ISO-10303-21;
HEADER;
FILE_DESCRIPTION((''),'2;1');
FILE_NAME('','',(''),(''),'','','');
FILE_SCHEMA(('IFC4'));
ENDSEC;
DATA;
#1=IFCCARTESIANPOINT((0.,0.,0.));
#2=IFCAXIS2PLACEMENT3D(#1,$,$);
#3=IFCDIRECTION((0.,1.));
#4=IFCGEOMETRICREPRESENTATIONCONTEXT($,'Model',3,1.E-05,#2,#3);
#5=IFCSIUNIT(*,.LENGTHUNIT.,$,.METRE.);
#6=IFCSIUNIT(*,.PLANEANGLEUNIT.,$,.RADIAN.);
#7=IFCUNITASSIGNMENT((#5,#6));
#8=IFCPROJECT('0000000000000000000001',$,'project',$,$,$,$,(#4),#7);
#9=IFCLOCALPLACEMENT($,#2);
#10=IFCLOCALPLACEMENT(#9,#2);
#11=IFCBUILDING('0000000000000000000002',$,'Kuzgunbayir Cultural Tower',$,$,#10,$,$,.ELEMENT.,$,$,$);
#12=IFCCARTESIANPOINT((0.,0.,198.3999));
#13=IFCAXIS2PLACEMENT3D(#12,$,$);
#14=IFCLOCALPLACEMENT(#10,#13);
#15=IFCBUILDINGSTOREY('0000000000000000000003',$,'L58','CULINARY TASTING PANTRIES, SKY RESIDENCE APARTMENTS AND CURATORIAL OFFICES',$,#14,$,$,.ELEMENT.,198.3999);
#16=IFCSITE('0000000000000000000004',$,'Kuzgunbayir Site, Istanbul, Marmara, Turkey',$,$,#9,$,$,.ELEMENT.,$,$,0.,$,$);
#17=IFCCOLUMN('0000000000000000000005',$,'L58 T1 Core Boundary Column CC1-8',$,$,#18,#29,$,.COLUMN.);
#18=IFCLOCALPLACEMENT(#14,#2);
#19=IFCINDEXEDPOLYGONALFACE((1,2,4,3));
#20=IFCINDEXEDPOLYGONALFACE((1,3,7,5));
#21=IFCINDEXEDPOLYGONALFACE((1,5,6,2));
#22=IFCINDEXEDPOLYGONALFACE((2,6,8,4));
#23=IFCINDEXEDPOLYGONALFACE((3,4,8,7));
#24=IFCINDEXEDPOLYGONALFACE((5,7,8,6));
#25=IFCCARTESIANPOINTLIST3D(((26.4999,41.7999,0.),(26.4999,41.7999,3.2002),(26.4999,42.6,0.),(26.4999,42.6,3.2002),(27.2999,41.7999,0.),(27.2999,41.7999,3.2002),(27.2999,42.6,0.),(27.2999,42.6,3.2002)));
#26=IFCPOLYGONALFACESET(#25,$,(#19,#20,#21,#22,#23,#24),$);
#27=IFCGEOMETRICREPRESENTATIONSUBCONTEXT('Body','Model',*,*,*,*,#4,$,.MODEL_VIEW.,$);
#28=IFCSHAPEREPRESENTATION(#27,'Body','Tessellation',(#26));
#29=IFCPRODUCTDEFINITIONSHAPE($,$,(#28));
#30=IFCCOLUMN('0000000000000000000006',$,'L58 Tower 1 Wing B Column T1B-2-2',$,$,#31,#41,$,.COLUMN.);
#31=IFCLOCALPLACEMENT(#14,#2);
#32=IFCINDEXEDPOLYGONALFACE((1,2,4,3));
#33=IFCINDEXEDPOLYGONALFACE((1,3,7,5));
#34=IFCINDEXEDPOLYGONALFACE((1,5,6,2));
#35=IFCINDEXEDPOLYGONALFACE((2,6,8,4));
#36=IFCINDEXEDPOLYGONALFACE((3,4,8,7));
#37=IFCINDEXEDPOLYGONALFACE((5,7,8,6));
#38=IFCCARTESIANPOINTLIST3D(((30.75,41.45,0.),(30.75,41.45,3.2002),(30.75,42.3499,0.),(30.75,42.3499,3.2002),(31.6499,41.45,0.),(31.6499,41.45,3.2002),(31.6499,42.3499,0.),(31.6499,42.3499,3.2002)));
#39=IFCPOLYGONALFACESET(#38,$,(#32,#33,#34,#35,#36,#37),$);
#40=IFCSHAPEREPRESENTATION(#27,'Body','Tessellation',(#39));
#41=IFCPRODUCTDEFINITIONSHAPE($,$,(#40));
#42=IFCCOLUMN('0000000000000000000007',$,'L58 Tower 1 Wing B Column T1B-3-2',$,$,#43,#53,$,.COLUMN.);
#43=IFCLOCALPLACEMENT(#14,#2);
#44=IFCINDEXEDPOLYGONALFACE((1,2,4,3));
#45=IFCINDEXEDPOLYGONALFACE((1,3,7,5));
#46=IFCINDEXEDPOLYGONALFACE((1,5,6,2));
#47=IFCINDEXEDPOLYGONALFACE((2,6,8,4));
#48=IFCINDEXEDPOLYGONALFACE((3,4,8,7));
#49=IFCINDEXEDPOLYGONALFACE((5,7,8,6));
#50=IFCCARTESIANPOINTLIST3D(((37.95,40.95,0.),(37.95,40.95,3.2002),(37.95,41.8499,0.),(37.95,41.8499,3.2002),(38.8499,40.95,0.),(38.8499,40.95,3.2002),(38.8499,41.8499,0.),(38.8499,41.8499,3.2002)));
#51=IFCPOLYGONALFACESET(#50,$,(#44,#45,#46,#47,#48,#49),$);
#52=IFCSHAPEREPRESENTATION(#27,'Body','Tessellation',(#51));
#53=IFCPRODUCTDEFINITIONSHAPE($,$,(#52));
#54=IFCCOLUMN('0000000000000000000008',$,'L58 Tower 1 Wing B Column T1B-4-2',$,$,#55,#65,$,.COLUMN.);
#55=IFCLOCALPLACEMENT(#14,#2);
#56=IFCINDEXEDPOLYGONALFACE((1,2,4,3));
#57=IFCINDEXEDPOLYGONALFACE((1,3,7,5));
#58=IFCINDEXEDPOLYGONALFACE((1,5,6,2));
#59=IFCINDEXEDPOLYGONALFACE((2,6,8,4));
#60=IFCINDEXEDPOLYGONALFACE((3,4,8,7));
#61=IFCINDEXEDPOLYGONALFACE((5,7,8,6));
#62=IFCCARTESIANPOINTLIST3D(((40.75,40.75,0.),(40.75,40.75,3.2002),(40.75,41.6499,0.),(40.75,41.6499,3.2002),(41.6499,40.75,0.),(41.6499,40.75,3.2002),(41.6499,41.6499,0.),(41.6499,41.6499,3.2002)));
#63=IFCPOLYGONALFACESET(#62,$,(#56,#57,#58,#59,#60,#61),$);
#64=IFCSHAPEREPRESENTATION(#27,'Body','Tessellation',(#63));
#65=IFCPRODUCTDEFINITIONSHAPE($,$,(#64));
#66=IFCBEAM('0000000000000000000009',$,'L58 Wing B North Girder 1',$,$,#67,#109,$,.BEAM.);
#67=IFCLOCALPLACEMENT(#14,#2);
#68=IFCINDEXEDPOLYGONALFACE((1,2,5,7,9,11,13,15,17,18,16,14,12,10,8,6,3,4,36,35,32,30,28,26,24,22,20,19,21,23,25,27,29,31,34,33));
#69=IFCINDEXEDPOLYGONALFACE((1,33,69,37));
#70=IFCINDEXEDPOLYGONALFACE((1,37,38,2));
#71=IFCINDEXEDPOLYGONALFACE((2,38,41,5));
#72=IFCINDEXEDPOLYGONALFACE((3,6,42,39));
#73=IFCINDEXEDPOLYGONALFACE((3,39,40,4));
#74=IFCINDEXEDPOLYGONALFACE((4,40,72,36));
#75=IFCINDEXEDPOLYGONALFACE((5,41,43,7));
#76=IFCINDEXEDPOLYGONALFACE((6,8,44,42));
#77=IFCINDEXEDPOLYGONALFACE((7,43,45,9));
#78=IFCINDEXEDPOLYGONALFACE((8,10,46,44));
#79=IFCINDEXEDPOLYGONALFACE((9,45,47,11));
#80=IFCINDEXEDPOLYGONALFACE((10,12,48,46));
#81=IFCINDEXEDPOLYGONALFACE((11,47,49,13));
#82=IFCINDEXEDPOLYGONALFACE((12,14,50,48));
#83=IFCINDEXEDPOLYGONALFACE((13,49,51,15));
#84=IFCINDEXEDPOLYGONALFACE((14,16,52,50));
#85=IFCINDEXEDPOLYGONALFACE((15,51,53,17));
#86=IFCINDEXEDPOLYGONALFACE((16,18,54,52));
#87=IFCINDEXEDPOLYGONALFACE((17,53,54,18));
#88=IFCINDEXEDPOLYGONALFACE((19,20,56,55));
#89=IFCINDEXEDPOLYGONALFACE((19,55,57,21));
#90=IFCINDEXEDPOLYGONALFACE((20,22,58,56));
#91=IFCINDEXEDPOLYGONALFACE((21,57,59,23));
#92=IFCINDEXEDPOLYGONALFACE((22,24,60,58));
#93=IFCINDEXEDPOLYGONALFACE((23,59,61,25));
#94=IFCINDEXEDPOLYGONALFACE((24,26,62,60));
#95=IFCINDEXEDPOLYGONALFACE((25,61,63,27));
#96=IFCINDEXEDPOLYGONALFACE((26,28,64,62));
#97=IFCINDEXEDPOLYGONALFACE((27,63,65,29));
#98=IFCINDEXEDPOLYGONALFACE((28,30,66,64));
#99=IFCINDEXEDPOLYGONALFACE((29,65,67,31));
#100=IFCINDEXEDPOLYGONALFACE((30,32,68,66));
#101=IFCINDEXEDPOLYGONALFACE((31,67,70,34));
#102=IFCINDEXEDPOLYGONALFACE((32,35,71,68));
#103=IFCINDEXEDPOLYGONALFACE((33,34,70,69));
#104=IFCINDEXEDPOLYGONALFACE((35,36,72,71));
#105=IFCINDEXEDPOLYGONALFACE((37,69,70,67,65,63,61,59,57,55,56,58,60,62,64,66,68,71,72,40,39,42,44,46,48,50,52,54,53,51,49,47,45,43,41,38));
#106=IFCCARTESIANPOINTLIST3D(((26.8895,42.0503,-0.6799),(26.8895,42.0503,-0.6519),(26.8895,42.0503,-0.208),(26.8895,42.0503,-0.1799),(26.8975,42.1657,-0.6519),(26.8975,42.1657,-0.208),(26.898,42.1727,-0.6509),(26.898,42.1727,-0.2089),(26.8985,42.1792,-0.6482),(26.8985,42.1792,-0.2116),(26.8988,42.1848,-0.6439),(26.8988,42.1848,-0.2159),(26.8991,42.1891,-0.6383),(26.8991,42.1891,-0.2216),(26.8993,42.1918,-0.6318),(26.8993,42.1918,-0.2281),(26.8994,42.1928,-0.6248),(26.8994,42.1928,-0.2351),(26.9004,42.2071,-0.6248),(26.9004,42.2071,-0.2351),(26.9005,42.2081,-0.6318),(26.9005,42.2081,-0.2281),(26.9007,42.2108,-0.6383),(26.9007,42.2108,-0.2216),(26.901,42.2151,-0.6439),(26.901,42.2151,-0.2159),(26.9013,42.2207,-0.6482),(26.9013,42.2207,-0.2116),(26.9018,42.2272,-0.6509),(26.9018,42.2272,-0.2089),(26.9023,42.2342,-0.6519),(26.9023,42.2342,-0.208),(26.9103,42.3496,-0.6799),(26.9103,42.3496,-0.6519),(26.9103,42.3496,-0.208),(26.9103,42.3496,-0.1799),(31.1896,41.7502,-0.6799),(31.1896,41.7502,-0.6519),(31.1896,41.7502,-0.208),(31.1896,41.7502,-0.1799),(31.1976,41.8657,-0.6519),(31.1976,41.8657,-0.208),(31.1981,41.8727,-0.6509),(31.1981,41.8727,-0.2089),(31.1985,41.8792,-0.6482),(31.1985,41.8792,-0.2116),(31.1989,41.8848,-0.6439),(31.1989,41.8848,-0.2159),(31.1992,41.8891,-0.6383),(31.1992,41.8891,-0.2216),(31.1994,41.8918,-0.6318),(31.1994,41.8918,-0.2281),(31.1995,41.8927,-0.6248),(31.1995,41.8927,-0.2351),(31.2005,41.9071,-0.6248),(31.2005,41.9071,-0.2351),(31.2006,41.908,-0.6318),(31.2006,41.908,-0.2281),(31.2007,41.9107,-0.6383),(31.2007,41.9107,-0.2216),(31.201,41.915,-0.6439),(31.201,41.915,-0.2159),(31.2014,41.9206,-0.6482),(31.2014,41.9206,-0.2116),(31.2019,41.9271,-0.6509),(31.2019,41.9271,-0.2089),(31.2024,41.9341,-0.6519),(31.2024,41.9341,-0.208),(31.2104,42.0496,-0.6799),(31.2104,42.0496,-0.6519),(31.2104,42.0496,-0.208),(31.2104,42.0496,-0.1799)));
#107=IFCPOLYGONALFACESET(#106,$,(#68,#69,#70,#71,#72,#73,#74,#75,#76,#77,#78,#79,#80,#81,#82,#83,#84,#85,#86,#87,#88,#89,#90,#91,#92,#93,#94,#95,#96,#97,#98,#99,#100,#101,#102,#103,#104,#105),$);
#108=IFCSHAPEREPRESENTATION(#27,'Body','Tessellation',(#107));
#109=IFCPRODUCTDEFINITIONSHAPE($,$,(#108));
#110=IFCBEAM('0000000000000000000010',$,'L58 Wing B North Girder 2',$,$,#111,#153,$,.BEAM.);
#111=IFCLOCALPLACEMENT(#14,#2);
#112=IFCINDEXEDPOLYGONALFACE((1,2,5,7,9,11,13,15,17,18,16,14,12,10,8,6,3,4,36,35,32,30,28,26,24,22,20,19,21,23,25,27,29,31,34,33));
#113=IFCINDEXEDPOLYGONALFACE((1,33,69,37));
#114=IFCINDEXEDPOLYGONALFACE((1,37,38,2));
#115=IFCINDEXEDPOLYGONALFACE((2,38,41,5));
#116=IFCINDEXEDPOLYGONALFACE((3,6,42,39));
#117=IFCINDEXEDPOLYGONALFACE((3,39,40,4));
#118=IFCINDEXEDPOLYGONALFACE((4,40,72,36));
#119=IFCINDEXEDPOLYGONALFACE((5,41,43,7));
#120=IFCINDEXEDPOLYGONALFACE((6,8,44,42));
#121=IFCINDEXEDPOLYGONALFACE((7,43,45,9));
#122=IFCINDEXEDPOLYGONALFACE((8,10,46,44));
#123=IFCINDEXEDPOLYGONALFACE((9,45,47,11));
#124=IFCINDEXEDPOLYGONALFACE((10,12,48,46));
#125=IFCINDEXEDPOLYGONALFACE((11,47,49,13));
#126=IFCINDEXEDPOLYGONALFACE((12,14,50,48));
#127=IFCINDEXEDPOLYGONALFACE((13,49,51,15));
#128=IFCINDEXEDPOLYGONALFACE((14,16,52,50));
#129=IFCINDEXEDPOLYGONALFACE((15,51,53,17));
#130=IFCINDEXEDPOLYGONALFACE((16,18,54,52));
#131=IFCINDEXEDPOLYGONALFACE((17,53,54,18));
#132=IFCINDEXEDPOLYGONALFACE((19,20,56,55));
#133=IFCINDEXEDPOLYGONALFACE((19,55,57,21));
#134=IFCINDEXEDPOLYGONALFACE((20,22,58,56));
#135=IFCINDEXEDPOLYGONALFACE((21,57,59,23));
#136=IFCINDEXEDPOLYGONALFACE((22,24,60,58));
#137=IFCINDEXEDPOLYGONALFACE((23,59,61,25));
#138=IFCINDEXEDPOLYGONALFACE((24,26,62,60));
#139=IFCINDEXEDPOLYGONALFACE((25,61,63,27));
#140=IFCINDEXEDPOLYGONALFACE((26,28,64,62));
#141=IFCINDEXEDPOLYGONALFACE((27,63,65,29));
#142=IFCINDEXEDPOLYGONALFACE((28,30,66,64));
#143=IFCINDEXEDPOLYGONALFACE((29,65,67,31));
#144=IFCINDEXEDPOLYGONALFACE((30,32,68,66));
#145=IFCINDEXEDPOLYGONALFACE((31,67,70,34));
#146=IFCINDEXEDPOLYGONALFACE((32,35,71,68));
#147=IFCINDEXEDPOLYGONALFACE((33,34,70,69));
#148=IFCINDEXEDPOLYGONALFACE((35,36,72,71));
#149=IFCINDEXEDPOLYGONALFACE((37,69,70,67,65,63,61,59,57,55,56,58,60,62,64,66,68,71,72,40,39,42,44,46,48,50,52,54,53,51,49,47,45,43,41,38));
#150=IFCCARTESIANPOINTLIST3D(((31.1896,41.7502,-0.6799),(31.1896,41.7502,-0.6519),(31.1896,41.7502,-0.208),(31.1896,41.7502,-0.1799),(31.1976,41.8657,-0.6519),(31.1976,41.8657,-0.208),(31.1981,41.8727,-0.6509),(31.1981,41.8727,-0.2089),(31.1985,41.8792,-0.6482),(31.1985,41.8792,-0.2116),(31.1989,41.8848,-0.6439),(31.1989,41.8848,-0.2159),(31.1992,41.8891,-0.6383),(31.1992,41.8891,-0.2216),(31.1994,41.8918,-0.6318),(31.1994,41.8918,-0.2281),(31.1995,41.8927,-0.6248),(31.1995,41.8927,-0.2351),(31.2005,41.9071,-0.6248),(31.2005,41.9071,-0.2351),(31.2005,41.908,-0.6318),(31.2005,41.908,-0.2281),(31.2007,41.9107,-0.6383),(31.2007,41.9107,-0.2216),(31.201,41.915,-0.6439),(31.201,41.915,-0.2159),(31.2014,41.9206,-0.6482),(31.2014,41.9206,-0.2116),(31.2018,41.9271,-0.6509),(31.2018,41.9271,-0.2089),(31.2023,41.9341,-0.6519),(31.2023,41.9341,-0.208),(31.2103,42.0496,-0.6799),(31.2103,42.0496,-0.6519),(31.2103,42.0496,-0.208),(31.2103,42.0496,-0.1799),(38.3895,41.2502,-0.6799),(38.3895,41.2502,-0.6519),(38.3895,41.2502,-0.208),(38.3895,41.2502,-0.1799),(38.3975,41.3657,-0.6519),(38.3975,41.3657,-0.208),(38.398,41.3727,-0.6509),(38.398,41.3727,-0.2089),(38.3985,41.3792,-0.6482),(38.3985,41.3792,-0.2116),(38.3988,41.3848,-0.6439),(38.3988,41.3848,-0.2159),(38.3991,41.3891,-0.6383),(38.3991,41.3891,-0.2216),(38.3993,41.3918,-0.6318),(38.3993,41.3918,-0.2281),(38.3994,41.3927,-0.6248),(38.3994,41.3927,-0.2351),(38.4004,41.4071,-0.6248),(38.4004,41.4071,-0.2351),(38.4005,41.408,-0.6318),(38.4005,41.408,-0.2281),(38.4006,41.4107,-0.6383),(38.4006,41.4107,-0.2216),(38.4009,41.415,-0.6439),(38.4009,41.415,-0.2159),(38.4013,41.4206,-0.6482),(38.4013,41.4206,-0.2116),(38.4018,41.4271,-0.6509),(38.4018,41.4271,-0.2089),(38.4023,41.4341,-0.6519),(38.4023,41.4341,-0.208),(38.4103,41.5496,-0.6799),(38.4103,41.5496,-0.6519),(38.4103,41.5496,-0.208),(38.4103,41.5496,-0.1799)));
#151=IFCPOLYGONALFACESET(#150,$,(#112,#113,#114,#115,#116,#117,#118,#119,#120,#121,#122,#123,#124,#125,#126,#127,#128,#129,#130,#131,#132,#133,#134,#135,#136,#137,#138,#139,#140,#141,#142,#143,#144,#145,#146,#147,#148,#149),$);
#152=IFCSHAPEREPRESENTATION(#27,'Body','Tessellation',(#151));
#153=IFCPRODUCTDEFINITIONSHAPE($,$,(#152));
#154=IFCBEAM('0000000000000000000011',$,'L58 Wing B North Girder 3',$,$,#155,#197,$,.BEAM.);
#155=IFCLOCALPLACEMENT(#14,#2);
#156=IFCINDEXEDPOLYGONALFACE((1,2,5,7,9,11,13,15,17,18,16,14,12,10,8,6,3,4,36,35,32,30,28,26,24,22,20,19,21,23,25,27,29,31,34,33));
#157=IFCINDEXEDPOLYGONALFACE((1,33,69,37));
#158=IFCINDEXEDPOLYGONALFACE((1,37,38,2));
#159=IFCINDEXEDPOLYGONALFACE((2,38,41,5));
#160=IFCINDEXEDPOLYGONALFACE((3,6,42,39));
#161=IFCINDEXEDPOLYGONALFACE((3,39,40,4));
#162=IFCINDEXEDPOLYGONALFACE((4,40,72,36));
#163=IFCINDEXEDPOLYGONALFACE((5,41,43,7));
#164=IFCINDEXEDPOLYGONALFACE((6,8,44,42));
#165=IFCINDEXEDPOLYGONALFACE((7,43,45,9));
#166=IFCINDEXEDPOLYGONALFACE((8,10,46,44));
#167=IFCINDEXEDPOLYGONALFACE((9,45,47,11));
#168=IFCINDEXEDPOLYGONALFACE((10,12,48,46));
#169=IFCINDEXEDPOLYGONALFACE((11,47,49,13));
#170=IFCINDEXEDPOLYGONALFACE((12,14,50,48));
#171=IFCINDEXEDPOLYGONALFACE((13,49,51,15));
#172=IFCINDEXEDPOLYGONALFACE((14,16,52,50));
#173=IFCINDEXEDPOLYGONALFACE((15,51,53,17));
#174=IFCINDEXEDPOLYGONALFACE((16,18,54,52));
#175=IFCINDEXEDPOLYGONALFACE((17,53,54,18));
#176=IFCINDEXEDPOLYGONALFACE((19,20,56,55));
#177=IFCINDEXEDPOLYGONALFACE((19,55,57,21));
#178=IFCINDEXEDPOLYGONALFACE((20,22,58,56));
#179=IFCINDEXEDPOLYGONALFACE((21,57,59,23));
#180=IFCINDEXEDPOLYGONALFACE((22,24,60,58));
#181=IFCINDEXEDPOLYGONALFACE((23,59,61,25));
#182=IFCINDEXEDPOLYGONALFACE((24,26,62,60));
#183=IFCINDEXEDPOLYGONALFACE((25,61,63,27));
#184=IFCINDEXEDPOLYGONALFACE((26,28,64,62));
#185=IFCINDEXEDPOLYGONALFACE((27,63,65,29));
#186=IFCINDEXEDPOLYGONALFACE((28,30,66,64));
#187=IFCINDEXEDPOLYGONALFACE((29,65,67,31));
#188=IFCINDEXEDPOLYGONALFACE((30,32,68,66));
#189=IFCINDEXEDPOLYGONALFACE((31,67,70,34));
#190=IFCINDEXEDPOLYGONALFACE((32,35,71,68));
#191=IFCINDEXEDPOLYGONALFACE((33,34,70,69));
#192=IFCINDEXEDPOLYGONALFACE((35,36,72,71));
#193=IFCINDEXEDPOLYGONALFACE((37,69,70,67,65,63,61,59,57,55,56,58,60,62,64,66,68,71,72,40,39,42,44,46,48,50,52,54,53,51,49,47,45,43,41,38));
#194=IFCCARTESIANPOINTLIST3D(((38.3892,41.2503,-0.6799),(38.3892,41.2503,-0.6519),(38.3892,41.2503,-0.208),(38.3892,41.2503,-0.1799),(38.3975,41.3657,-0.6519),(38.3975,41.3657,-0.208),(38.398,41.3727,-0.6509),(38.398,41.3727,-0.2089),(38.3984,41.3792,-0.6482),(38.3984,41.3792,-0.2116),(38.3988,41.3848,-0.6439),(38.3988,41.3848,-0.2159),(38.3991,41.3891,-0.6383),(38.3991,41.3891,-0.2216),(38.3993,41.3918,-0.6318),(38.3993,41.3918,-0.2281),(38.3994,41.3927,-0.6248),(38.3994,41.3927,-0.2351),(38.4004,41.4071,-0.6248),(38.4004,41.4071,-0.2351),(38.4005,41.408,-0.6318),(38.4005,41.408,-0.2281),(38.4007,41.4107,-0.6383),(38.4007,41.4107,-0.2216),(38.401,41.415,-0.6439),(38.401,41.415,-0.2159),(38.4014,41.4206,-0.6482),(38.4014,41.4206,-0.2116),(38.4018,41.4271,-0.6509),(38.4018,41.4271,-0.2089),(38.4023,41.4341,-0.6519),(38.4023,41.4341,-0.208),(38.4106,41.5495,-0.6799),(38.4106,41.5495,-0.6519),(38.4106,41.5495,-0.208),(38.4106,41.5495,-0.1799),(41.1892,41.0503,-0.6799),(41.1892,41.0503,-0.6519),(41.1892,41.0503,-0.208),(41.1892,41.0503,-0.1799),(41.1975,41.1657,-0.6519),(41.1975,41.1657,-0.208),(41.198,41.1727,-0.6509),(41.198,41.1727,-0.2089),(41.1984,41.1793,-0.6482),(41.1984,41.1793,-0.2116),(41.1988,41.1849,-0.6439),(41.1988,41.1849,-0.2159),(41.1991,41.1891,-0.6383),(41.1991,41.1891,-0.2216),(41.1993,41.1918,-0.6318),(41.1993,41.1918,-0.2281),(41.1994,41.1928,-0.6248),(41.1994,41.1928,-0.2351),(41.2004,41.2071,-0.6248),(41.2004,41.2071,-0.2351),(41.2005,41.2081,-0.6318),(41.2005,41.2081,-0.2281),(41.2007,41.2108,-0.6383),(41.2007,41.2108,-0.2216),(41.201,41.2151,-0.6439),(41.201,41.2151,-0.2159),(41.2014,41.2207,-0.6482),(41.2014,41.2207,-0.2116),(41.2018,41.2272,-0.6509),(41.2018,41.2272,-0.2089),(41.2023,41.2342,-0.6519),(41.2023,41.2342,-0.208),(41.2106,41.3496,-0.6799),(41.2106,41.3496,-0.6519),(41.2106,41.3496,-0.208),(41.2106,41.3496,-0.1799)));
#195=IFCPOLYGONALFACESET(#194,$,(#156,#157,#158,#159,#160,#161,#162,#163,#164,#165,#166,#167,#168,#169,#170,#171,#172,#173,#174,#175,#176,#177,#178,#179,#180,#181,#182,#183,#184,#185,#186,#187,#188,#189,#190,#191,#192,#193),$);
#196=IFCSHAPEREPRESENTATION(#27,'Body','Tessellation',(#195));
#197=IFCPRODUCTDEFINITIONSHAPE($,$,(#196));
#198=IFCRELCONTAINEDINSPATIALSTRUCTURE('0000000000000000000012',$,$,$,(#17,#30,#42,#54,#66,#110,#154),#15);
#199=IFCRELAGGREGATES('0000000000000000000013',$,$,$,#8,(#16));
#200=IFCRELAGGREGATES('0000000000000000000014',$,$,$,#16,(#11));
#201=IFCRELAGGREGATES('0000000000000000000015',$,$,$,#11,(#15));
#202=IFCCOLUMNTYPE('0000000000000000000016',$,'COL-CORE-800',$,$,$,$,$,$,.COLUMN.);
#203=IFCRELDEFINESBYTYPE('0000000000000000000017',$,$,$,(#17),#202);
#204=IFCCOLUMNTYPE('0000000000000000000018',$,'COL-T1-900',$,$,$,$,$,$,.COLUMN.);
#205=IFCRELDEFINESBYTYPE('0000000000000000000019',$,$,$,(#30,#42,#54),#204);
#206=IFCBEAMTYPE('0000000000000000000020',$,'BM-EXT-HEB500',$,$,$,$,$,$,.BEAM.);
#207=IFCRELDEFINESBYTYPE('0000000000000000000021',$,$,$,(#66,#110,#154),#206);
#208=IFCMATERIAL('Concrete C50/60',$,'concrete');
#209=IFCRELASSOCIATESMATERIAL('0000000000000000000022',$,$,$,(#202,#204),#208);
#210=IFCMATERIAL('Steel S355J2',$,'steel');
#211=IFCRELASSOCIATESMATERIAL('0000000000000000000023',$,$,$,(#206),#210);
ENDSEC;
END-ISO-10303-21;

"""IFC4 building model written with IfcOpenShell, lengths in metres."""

from ifc_helpers import new_model, si_unit, direction, frame, origin, origin_2d, place, context, subcontext, project, spatial, rectangle, i_section, extrude, material, material_profile, profile_set, type_object, element, save


model = new_model("IFC4")

# Units and contexts
model_context = context("Model", 3, precision=1e-05, world=origin(), true_north=direction((0.0, 1.0)))
body_context = subcontext(model_context, "Body", "Model", "MODEL_VIEW")
ifc_project = project(units=[si_unit("LENGTHUNIT", "METRE"), si_unit("PLANEANGLEUNIT", "RADIAN")], contexts=[model_context])

# Site, building, storey
site_placement = place(None, origin())
site = spatial("IfcSite", under=ifc_project, at=site_placement, Name="Kuzgunbayir Site, Istanbul, Marmara, Turkey", CompositionType="ELEMENT", RefElevation=0.0)
building_placement = place(site_placement, origin())
building = spatial("IfcBuilding", under=site, at=building_placement, Name="Kuzgunbayir Cultural Tower", CompositionType="ELEMENT")
storey_placement = place(building_placement, frame((0.0, 0.0, 198.3999)))
storey = spatial("IfcBuildingStorey", under=building, at=storey_placement, Name="L58", Description="CULINARY TASTING PANTRIES, SKY RESIDENCE APARTMENTS AND CURATORIAL OFFICES", CompositionType="ELEMENT", Elevation=198.3999)

# Columns
ifc_material_1 = material(Name="Concrete C50/60", Category="concrete")
ifc_material_profile_1 = material_profile(ifc_material_1, rectangle(XDim=0.8, YDim=0.8, at=origin_2d()), Name="RC 800x800")
ifc_profile_set_1 = profile_set([ifc_material_profile_1], Name="Concrete C50/60")
column_type_1 = type_object("IfcColumnType", Name="COL-CORE-800", PredefinedType="COLUMN", material=ifc_profile_set_1)
column_placement = place(storey_placement, frame((26.8999, 42.2, 0.0), z_axis=(0.0, 0.0, 1.0), x_axis=(1.0, 0.0, 0.0)))
element("IfcColumn", 1, at=column_placement, inside=storey, type_object=column_type_1, Name="L58 T1 Core Boundary Column CC1-8", PredefinedType="COLUMN", context=body_context, shape_type="SweptSolid", body=[
    extrude(rectangle(XDim=0.8, YDim=0.8, at=origin_2d()), origin(), (0.0, 0.0, 1.0), 3.2002),
])
ifc_material_profile_2 = material_profile(ifc_material_1, rectangle(XDim=0.8999, YDim=0.8999, at=origin_2d()), Name="RC 900x900")
ifc_profile_set_2 = profile_set([ifc_material_profile_2], Name="Concrete C50/60")
column_type_2 = type_object("IfcColumnType", Name="COL-T1-900", PredefinedType="COLUMN", material=ifc_profile_set_2)
for number, where, z_axis, x_axis, name in (
    (2, (31.2, 41.8999, 0.0), (0.0, 0.0, 1.0), (1.0, 0.0, 0.0), "L58 Tower 1 Wing B Column T1B-2-2"),
    (3, (38.3999, 41.3999, 0.0), (0.0, 0.0, 1.0), (1.0, 0.0, 0.0), "L58 Tower 1 Wing B Column T1B-3-2"),
    (4, (41.2, 41.2, 0.0), (0.0, 0.0, 1.0), (1.0, 0.0, 0.0), "L58 Tower 1 Wing B Column T1B-4-2"),
):
    element("IfcColumn", number, at=place(storey_placement, frame(where, z_axis=z_axis, x_axis=x_axis)), inside=storey, type_object=column_type_2, Name=name, PredefinedType="COLUMN", context=body_context, shape_type="SweptSolid", body=[
        extrude(rectangle(XDim=0.8999, YDim=0.8999, at=origin_2d()), origin(), (0.0, 0.0, 1.0), 3.2002),
    ])

# Beams
ifc_material_2 = material(Name="Steel S355J2", Category="steel")
ifc_material_profile_3 = material_profile(ifc_material_2, i_section(OverallWidth=0.3, OverallDepth=0.5, WebThickness=0.0144, FlangeThickness=0.0281, FilletRadius=0.0271, at=origin_2d()), Name="HEB 500")
ifc_profile_set_3 = profile_set([ifc_material_profile_3], Name="Steel S355J2")
beam_type_1 = type_object("IfcBeamType", Name="BM-EXT-HEB500", PredefinedType="BEAM", material=ifc_profile_set_3)
beam_1_placement = place(storey_placement, frame((26.8999, 42.2, -0.4299), z_axis=(0.997574, -0.069609, 0.0), x_axis=(0.069609, 0.997574, 0.0)))
element("IfcBeam", 5, at=beam_1_placement, inside=storey, type_object=beam_type_1, Name="L58 Wing B North Girder 1", PredefinedType="BEAM", context=body_context, shape_type="SweptSolid", body=[
    extrude(i_section(OverallWidth=0.3, OverallDepth=0.5, WebThickness=0.0144, FlangeThickness=0.0281, FilletRadius=0.0271, at=origin_2d()), origin(), (0.0, 0.0, 1.0), 4.3105),
])
beam_2_placement = place(storey_placement, frame((31.2, 41.8999, -0.4299), z_axis=(0.997597, -0.069278, 0.0), x_axis=(0.069278, 0.997597, 0.0)))
element("IfcBeam", 6, at=beam_2_placement, inside=storey, type_object=beam_type_1, Name="L58 Wing B North Girder 2", PredefinedType="BEAM", context=body_context, shape_type="SweptSolid", body=[
    extrude(i_section(OverallWidth=0.3, OverallDepth=0.5, WebThickness=0.0144, FlangeThickness=0.0281, FilletRadius=0.0271, at=origin_2d()), origin(), (0.0, 0.0, 1.0), 7.2173),
])
beam_3_placement = place(storey_placement, frame((38.3999, 41.3999, -0.4299), z_axis=(0.99746, -0.071229, 0.0), x_axis=(0.071229, 0.99746, 0.0)))
element("IfcBeam", 7, at=beam_3_placement, inside=storey, type_object=beam_type_1, Name="L58 Wing B North Girder 3", PredefinedType="BEAM", context=body_context, shape_type="SweptSolid", body=[
    extrude(i_section(OverallWidth=0.3, OverallDepth=0.5, WebThickness=0.0144, FlangeThickness=0.0281, FilletRadius=0.0271, at=origin_2d()), origin(), (0.0, 0.0, 1.0), 2.8071),
])

save(model, "model.ifc")
